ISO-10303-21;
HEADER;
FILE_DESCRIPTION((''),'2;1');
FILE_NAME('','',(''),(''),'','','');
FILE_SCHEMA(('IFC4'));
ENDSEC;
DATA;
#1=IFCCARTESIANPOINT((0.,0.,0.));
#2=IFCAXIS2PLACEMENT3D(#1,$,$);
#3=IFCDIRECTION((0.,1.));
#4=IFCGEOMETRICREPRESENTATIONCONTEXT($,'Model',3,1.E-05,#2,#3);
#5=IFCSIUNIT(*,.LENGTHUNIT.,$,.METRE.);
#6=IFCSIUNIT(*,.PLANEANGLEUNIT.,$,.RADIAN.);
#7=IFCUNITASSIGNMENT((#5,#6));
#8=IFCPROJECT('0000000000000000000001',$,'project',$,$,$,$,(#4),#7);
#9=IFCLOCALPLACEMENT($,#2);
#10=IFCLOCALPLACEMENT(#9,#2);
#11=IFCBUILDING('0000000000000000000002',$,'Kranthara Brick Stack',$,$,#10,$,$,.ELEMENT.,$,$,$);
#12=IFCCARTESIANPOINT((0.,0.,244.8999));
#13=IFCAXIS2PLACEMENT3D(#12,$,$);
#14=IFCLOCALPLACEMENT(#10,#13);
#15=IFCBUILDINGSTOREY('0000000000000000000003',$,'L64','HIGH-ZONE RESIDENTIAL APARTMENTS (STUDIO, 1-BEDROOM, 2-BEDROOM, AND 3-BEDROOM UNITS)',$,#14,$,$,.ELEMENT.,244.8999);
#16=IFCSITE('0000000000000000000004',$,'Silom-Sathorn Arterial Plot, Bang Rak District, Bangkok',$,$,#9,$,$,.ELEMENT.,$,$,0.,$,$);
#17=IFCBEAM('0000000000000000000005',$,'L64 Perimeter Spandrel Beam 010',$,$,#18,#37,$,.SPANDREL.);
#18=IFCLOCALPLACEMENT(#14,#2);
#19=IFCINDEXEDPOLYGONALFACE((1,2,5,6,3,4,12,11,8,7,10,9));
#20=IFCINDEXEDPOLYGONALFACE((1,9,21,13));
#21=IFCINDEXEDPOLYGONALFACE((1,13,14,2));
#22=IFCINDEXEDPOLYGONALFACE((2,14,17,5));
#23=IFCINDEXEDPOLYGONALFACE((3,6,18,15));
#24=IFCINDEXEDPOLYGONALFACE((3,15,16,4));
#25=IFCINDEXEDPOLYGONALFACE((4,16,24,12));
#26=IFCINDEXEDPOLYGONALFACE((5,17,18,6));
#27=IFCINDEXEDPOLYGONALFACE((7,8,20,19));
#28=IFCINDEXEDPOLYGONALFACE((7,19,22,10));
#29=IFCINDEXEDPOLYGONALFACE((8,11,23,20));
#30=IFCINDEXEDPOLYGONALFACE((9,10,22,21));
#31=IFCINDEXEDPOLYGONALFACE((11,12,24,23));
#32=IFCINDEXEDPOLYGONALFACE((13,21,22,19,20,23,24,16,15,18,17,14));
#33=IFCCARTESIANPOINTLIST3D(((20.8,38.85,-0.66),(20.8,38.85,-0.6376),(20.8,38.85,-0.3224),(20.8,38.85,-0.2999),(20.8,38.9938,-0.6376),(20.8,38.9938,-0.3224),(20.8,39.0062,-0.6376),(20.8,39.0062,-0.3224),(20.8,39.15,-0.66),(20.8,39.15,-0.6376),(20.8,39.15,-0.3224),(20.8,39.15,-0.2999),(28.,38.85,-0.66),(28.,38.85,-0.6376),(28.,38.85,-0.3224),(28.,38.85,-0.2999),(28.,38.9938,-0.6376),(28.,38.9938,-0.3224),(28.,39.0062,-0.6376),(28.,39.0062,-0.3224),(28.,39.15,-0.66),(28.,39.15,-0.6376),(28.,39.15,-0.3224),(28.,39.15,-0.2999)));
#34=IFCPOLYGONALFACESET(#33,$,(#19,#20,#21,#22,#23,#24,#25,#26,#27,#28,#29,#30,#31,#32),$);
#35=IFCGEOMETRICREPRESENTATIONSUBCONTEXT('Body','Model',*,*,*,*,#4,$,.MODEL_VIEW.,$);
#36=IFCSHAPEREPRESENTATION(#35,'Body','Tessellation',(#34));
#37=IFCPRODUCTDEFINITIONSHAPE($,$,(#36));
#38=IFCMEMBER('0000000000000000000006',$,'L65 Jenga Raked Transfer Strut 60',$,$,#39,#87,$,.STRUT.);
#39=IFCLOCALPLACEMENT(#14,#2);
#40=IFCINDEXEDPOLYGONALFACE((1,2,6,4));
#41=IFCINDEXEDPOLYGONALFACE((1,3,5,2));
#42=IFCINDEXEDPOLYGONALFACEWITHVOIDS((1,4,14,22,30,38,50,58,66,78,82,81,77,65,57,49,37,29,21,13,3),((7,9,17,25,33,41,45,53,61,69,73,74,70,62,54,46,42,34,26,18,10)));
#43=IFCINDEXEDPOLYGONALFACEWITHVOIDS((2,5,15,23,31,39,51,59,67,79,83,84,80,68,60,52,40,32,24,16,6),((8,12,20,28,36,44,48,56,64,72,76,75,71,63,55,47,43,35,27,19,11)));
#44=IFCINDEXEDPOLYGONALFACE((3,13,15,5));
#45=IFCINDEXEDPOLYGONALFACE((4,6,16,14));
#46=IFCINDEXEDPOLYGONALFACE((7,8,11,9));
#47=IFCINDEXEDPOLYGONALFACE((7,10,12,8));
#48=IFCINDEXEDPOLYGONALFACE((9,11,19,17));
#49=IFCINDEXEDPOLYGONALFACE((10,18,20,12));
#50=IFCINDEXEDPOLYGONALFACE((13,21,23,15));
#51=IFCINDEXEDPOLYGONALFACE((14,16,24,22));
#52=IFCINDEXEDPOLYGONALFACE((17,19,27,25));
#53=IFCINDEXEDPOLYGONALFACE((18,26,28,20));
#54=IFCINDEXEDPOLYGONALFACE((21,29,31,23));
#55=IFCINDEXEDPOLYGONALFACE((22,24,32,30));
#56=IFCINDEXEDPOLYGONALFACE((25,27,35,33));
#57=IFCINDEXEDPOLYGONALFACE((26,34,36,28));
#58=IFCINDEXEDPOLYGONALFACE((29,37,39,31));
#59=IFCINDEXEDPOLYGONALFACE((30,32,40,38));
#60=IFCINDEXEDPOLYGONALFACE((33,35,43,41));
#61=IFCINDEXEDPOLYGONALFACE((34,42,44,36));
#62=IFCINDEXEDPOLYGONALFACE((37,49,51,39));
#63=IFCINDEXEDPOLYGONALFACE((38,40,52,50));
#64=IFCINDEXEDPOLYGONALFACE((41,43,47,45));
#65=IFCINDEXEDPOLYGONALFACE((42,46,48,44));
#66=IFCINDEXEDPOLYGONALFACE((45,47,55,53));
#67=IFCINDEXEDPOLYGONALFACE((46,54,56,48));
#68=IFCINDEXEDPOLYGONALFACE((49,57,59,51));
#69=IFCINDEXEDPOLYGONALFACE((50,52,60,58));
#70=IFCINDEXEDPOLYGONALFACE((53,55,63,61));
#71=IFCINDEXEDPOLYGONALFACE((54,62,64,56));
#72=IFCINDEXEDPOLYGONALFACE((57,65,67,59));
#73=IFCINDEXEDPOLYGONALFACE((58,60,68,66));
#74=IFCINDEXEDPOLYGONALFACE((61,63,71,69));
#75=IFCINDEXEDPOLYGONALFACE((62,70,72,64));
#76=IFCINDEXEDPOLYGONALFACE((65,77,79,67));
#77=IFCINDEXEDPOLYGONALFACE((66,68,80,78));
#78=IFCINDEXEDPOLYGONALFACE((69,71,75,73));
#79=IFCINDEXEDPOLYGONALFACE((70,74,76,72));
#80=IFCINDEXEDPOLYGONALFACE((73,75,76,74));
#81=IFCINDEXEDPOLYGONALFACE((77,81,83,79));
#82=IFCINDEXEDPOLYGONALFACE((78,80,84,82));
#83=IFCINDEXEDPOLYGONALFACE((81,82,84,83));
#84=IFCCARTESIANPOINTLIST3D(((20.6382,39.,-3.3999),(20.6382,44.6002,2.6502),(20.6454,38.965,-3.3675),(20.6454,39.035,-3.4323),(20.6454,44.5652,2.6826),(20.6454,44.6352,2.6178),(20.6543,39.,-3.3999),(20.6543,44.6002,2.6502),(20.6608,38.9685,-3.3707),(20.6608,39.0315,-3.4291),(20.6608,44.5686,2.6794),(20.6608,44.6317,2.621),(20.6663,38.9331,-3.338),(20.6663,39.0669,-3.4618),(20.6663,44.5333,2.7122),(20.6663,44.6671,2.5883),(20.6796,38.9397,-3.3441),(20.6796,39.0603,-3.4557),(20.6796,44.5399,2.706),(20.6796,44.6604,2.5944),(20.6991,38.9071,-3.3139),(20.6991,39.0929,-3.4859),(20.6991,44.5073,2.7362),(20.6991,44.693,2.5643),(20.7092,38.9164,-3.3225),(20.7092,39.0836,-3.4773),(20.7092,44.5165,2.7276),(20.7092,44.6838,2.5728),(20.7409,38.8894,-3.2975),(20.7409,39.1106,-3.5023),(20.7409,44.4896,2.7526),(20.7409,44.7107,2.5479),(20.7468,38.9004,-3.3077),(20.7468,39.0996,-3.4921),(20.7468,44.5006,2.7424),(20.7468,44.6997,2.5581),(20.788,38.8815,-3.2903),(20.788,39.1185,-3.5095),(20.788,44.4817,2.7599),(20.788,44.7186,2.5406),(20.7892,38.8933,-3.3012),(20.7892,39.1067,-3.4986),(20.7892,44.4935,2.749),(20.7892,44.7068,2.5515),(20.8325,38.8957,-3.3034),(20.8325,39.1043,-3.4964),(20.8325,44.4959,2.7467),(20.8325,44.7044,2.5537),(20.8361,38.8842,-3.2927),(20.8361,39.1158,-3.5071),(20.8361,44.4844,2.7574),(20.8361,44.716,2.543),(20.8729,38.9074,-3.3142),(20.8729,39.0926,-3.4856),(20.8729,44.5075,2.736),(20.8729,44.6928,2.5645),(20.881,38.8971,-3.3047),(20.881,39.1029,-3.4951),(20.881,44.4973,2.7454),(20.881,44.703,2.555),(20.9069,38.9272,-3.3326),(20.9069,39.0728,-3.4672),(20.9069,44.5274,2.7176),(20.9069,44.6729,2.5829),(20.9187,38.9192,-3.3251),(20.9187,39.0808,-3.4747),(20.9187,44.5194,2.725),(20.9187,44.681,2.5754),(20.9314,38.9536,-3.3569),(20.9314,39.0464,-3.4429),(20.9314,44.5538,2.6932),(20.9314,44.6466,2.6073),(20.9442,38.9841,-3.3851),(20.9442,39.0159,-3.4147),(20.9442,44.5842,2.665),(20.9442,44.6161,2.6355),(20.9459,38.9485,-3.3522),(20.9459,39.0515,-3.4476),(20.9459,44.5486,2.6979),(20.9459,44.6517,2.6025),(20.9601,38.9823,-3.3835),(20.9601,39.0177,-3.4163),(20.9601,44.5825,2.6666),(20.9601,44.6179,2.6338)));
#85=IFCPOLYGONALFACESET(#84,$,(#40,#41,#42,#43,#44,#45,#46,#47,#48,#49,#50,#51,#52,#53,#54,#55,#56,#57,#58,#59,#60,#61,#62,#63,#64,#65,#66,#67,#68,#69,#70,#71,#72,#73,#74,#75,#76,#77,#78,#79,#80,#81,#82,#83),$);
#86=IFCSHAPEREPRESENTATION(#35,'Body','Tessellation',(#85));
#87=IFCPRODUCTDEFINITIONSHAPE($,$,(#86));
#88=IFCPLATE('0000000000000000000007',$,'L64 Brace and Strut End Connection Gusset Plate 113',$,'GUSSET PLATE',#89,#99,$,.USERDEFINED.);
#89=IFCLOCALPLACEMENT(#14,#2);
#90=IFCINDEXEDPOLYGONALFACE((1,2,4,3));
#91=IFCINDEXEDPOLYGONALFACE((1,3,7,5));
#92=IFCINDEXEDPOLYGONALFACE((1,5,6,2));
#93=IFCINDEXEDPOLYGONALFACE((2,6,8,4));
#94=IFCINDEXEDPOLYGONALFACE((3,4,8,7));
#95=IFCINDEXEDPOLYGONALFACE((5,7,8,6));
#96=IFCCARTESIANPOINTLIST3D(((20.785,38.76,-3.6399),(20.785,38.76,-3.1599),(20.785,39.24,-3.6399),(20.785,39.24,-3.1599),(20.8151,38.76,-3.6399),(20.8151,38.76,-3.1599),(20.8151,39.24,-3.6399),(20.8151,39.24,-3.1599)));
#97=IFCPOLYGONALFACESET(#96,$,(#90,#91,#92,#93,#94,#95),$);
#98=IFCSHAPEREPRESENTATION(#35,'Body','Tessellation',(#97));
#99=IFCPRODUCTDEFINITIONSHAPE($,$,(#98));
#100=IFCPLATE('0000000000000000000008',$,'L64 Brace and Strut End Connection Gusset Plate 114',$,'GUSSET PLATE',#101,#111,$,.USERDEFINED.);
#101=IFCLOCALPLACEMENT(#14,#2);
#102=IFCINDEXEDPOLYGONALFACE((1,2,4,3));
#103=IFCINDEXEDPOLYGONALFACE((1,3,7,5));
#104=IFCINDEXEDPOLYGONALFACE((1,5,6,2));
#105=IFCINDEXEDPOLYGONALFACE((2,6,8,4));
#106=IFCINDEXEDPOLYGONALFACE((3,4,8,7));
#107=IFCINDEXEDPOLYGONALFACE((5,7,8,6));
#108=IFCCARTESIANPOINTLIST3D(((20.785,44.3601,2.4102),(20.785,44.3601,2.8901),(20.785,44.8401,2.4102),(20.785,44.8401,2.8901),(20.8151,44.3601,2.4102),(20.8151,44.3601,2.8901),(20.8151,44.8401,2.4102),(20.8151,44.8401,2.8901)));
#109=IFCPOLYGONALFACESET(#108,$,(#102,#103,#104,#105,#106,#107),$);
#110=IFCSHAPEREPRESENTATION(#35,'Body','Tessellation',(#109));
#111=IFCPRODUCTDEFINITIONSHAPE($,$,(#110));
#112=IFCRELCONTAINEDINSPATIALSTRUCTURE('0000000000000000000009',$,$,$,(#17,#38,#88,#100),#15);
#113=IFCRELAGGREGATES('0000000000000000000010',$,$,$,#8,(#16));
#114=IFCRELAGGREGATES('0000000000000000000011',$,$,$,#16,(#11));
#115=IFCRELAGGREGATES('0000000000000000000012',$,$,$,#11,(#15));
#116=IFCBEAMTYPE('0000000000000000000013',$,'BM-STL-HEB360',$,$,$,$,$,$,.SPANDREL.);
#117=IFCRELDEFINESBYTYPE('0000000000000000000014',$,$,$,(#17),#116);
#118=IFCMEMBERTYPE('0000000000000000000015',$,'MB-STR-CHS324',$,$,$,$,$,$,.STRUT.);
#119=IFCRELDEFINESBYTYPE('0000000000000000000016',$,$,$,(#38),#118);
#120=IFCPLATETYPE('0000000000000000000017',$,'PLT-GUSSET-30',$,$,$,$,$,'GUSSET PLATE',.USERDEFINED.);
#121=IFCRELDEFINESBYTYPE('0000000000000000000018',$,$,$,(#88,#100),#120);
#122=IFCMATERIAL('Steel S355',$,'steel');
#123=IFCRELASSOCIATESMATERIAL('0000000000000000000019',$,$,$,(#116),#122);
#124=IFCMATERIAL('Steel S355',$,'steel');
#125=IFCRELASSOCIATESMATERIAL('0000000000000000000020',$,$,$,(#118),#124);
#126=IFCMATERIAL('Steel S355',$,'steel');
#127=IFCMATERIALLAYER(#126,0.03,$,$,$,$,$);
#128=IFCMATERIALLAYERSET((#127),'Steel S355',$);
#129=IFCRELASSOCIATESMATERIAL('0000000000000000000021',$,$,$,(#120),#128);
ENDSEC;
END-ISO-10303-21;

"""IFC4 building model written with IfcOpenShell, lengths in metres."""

from ifc_helpers import new_model, si_unit, direction, frame, origin, origin_2d, place, context, subcontext, project, spatial, rectangle, hollow_circle, i_section, extrude, material, layer, layer_set, material_profile, profile_set, type_object, element, save


model = new_model("IFC4")

# Units and contexts
model_context = context("Model", 3, precision=1e-05, world=origin(), true_north=direction((0.0, 1.0)))
body_context = subcontext(model_context, "Body", "Model", "MODEL_VIEW")
ifc_project = project(units=[si_unit("LENGTHUNIT", "METRE"), si_unit("PLANEANGLEUNIT", "RADIAN")], contexts=[model_context])

# Site, building, storey
site_placement = place(None, origin())
site = spatial("IfcSite", under=ifc_project, at=site_placement, Name="Silom-Sathorn Arterial Plot, Bang Rak District, Bangkok", CompositionType="ELEMENT", RefElevation=0.0)
building_placement = place(site_placement, origin())
building = spatial("IfcBuilding", under=site, at=building_placement, Name="Kranthara Brick Stack", CompositionType="ELEMENT")
storey_placement = place(building_placement, frame((0.0, 0.0, 244.8999)))
storey = spatial("IfcBuildingStorey", under=building, at=storey_placement, Name="L64", Description="HIGH-ZONE RESIDENTIAL APARTMENTS (STUDIO, 1-BEDROOM, 2-BEDROOM, AND 3-BEDROOM UNITS)", CompositionType="ELEMENT", Elevation=244.8999)

# Beam
ifc_material_1 = material(Name="Steel S355", Category="steel")
ifc_material_profile_1 = material_profile(ifc_material_1, i_section(OverallWidth=0.3, OverallDepth=0.3601, WebThickness=0.0125, FlangeThickness=0.0225, at=origin_2d()), Name="HEB 360")
ifc_profile_set_1 = profile_set([ifc_material_profile_1], Name="Steel S355")
beam_type_1 = type_object("IfcBeamType", Name="BM-STL-HEB360", PredefinedType="SPANDREL", material=ifc_profile_set_1)
beam_1_placement = place(storey_placement, frame((20.8, 39.0, -0.48), z_axis=(1.0, 0.0, 0.0), x_axis=(0.0, 1.0, 0.0)))
element("IfcBeam", 1, at=beam_1_placement, inside=storey, type_object=beam_type_1, Name="L64 Perimeter Spandrel Beam 010", PredefinedType="SPANDREL", context=body_context, shape_type="SweptSolid", body=[
    extrude(i_section(OverallWidth=0.3, OverallDepth=0.3601, WebThickness=0.0125, FlangeThickness=0.0225, at=origin_2d()), origin(), (0.0, 0.0, 1.0), 7.2),
])

# Member
ifc_material_2 = material(Name="Steel S355", Category="steel")
ifc_material_profile_2 = material_profile(ifc_material_2, hollow_circle(Radius=0.1619, WallThickness=0.0161, at=origin_2d()), Name="CHS 323.9x16")
ifc_profile_set_2 = profile_set([ifc_material_profile_2], Name="Steel S355")
member_type = type_object("IfcMemberType", Name="MB-STR-CHS324", PredefinedType="STRUT", material=ifc_profile_set_2)
member_placement = place(storey_placement, frame((20.8, 39.0, -3.3999), z_axis=(0.0, 0.679291, 0.733869), x_axis=(-1.0, 0.0, 0.0)))
element("IfcMember", 2, at=member_placement, inside=storey, type_object=member_type, Name="L65 Jenga Raked Transfer Strut 60", PredefinedType="STRUT", context=body_context, shape_type="SweptSolid", body=[
    extrude(hollow_circle(Radius=0.1619, WallThickness=0.0161, at=origin_2d()), origin(), (0.0, 0.0, 1.0), 8.2441),
])

# Plates
ifc_material_3 = material(Name="Steel S355", Category="steel")
ifc_layer = layer(ifc_material_3, 0.03)
ifc_layer_set = layer_set([ifc_layer], Name="Steel S355")
plate_type = type_object("IfcPlateType", Name="PLT-GUSSET-30", ElementType="GUSSET PLATE", PredefinedType="USERDEFINED", material=ifc_layer_set)
for number, where, z_axis, x_axis, name in (
    (3, (20.8, 39.0, -3.6399), (0.0, 0.0, 1.0), (0.0, 1.0, 0.0), "L64 Brace and Strut End Connection Gusset Plate 113"),
    (4, (20.8, 44.6001, 2.4102), (0.0, 0.0, 1.0), (0.0, 1.0, 0.0), "L64 Brace and Strut End Connection Gusset Plate 114"),
):
    element("IfcPlate", number, at=place(storey_placement, frame(where, z_axis=z_axis, x_axis=x_axis)), inside=storey, type_object=plate_type, Name=name, ObjectType="GUSSET PLATE", PredefinedType="USERDEFINED", context=body_context, shape_type="SweptSolid", body=[
        extrude(rectangle(XDim=0.48, YDim=0.03, at=origin_2d()), origin(), (0.0, 0.0, 1.0), 0.48),
    ])

save(model, "model.ifc")
